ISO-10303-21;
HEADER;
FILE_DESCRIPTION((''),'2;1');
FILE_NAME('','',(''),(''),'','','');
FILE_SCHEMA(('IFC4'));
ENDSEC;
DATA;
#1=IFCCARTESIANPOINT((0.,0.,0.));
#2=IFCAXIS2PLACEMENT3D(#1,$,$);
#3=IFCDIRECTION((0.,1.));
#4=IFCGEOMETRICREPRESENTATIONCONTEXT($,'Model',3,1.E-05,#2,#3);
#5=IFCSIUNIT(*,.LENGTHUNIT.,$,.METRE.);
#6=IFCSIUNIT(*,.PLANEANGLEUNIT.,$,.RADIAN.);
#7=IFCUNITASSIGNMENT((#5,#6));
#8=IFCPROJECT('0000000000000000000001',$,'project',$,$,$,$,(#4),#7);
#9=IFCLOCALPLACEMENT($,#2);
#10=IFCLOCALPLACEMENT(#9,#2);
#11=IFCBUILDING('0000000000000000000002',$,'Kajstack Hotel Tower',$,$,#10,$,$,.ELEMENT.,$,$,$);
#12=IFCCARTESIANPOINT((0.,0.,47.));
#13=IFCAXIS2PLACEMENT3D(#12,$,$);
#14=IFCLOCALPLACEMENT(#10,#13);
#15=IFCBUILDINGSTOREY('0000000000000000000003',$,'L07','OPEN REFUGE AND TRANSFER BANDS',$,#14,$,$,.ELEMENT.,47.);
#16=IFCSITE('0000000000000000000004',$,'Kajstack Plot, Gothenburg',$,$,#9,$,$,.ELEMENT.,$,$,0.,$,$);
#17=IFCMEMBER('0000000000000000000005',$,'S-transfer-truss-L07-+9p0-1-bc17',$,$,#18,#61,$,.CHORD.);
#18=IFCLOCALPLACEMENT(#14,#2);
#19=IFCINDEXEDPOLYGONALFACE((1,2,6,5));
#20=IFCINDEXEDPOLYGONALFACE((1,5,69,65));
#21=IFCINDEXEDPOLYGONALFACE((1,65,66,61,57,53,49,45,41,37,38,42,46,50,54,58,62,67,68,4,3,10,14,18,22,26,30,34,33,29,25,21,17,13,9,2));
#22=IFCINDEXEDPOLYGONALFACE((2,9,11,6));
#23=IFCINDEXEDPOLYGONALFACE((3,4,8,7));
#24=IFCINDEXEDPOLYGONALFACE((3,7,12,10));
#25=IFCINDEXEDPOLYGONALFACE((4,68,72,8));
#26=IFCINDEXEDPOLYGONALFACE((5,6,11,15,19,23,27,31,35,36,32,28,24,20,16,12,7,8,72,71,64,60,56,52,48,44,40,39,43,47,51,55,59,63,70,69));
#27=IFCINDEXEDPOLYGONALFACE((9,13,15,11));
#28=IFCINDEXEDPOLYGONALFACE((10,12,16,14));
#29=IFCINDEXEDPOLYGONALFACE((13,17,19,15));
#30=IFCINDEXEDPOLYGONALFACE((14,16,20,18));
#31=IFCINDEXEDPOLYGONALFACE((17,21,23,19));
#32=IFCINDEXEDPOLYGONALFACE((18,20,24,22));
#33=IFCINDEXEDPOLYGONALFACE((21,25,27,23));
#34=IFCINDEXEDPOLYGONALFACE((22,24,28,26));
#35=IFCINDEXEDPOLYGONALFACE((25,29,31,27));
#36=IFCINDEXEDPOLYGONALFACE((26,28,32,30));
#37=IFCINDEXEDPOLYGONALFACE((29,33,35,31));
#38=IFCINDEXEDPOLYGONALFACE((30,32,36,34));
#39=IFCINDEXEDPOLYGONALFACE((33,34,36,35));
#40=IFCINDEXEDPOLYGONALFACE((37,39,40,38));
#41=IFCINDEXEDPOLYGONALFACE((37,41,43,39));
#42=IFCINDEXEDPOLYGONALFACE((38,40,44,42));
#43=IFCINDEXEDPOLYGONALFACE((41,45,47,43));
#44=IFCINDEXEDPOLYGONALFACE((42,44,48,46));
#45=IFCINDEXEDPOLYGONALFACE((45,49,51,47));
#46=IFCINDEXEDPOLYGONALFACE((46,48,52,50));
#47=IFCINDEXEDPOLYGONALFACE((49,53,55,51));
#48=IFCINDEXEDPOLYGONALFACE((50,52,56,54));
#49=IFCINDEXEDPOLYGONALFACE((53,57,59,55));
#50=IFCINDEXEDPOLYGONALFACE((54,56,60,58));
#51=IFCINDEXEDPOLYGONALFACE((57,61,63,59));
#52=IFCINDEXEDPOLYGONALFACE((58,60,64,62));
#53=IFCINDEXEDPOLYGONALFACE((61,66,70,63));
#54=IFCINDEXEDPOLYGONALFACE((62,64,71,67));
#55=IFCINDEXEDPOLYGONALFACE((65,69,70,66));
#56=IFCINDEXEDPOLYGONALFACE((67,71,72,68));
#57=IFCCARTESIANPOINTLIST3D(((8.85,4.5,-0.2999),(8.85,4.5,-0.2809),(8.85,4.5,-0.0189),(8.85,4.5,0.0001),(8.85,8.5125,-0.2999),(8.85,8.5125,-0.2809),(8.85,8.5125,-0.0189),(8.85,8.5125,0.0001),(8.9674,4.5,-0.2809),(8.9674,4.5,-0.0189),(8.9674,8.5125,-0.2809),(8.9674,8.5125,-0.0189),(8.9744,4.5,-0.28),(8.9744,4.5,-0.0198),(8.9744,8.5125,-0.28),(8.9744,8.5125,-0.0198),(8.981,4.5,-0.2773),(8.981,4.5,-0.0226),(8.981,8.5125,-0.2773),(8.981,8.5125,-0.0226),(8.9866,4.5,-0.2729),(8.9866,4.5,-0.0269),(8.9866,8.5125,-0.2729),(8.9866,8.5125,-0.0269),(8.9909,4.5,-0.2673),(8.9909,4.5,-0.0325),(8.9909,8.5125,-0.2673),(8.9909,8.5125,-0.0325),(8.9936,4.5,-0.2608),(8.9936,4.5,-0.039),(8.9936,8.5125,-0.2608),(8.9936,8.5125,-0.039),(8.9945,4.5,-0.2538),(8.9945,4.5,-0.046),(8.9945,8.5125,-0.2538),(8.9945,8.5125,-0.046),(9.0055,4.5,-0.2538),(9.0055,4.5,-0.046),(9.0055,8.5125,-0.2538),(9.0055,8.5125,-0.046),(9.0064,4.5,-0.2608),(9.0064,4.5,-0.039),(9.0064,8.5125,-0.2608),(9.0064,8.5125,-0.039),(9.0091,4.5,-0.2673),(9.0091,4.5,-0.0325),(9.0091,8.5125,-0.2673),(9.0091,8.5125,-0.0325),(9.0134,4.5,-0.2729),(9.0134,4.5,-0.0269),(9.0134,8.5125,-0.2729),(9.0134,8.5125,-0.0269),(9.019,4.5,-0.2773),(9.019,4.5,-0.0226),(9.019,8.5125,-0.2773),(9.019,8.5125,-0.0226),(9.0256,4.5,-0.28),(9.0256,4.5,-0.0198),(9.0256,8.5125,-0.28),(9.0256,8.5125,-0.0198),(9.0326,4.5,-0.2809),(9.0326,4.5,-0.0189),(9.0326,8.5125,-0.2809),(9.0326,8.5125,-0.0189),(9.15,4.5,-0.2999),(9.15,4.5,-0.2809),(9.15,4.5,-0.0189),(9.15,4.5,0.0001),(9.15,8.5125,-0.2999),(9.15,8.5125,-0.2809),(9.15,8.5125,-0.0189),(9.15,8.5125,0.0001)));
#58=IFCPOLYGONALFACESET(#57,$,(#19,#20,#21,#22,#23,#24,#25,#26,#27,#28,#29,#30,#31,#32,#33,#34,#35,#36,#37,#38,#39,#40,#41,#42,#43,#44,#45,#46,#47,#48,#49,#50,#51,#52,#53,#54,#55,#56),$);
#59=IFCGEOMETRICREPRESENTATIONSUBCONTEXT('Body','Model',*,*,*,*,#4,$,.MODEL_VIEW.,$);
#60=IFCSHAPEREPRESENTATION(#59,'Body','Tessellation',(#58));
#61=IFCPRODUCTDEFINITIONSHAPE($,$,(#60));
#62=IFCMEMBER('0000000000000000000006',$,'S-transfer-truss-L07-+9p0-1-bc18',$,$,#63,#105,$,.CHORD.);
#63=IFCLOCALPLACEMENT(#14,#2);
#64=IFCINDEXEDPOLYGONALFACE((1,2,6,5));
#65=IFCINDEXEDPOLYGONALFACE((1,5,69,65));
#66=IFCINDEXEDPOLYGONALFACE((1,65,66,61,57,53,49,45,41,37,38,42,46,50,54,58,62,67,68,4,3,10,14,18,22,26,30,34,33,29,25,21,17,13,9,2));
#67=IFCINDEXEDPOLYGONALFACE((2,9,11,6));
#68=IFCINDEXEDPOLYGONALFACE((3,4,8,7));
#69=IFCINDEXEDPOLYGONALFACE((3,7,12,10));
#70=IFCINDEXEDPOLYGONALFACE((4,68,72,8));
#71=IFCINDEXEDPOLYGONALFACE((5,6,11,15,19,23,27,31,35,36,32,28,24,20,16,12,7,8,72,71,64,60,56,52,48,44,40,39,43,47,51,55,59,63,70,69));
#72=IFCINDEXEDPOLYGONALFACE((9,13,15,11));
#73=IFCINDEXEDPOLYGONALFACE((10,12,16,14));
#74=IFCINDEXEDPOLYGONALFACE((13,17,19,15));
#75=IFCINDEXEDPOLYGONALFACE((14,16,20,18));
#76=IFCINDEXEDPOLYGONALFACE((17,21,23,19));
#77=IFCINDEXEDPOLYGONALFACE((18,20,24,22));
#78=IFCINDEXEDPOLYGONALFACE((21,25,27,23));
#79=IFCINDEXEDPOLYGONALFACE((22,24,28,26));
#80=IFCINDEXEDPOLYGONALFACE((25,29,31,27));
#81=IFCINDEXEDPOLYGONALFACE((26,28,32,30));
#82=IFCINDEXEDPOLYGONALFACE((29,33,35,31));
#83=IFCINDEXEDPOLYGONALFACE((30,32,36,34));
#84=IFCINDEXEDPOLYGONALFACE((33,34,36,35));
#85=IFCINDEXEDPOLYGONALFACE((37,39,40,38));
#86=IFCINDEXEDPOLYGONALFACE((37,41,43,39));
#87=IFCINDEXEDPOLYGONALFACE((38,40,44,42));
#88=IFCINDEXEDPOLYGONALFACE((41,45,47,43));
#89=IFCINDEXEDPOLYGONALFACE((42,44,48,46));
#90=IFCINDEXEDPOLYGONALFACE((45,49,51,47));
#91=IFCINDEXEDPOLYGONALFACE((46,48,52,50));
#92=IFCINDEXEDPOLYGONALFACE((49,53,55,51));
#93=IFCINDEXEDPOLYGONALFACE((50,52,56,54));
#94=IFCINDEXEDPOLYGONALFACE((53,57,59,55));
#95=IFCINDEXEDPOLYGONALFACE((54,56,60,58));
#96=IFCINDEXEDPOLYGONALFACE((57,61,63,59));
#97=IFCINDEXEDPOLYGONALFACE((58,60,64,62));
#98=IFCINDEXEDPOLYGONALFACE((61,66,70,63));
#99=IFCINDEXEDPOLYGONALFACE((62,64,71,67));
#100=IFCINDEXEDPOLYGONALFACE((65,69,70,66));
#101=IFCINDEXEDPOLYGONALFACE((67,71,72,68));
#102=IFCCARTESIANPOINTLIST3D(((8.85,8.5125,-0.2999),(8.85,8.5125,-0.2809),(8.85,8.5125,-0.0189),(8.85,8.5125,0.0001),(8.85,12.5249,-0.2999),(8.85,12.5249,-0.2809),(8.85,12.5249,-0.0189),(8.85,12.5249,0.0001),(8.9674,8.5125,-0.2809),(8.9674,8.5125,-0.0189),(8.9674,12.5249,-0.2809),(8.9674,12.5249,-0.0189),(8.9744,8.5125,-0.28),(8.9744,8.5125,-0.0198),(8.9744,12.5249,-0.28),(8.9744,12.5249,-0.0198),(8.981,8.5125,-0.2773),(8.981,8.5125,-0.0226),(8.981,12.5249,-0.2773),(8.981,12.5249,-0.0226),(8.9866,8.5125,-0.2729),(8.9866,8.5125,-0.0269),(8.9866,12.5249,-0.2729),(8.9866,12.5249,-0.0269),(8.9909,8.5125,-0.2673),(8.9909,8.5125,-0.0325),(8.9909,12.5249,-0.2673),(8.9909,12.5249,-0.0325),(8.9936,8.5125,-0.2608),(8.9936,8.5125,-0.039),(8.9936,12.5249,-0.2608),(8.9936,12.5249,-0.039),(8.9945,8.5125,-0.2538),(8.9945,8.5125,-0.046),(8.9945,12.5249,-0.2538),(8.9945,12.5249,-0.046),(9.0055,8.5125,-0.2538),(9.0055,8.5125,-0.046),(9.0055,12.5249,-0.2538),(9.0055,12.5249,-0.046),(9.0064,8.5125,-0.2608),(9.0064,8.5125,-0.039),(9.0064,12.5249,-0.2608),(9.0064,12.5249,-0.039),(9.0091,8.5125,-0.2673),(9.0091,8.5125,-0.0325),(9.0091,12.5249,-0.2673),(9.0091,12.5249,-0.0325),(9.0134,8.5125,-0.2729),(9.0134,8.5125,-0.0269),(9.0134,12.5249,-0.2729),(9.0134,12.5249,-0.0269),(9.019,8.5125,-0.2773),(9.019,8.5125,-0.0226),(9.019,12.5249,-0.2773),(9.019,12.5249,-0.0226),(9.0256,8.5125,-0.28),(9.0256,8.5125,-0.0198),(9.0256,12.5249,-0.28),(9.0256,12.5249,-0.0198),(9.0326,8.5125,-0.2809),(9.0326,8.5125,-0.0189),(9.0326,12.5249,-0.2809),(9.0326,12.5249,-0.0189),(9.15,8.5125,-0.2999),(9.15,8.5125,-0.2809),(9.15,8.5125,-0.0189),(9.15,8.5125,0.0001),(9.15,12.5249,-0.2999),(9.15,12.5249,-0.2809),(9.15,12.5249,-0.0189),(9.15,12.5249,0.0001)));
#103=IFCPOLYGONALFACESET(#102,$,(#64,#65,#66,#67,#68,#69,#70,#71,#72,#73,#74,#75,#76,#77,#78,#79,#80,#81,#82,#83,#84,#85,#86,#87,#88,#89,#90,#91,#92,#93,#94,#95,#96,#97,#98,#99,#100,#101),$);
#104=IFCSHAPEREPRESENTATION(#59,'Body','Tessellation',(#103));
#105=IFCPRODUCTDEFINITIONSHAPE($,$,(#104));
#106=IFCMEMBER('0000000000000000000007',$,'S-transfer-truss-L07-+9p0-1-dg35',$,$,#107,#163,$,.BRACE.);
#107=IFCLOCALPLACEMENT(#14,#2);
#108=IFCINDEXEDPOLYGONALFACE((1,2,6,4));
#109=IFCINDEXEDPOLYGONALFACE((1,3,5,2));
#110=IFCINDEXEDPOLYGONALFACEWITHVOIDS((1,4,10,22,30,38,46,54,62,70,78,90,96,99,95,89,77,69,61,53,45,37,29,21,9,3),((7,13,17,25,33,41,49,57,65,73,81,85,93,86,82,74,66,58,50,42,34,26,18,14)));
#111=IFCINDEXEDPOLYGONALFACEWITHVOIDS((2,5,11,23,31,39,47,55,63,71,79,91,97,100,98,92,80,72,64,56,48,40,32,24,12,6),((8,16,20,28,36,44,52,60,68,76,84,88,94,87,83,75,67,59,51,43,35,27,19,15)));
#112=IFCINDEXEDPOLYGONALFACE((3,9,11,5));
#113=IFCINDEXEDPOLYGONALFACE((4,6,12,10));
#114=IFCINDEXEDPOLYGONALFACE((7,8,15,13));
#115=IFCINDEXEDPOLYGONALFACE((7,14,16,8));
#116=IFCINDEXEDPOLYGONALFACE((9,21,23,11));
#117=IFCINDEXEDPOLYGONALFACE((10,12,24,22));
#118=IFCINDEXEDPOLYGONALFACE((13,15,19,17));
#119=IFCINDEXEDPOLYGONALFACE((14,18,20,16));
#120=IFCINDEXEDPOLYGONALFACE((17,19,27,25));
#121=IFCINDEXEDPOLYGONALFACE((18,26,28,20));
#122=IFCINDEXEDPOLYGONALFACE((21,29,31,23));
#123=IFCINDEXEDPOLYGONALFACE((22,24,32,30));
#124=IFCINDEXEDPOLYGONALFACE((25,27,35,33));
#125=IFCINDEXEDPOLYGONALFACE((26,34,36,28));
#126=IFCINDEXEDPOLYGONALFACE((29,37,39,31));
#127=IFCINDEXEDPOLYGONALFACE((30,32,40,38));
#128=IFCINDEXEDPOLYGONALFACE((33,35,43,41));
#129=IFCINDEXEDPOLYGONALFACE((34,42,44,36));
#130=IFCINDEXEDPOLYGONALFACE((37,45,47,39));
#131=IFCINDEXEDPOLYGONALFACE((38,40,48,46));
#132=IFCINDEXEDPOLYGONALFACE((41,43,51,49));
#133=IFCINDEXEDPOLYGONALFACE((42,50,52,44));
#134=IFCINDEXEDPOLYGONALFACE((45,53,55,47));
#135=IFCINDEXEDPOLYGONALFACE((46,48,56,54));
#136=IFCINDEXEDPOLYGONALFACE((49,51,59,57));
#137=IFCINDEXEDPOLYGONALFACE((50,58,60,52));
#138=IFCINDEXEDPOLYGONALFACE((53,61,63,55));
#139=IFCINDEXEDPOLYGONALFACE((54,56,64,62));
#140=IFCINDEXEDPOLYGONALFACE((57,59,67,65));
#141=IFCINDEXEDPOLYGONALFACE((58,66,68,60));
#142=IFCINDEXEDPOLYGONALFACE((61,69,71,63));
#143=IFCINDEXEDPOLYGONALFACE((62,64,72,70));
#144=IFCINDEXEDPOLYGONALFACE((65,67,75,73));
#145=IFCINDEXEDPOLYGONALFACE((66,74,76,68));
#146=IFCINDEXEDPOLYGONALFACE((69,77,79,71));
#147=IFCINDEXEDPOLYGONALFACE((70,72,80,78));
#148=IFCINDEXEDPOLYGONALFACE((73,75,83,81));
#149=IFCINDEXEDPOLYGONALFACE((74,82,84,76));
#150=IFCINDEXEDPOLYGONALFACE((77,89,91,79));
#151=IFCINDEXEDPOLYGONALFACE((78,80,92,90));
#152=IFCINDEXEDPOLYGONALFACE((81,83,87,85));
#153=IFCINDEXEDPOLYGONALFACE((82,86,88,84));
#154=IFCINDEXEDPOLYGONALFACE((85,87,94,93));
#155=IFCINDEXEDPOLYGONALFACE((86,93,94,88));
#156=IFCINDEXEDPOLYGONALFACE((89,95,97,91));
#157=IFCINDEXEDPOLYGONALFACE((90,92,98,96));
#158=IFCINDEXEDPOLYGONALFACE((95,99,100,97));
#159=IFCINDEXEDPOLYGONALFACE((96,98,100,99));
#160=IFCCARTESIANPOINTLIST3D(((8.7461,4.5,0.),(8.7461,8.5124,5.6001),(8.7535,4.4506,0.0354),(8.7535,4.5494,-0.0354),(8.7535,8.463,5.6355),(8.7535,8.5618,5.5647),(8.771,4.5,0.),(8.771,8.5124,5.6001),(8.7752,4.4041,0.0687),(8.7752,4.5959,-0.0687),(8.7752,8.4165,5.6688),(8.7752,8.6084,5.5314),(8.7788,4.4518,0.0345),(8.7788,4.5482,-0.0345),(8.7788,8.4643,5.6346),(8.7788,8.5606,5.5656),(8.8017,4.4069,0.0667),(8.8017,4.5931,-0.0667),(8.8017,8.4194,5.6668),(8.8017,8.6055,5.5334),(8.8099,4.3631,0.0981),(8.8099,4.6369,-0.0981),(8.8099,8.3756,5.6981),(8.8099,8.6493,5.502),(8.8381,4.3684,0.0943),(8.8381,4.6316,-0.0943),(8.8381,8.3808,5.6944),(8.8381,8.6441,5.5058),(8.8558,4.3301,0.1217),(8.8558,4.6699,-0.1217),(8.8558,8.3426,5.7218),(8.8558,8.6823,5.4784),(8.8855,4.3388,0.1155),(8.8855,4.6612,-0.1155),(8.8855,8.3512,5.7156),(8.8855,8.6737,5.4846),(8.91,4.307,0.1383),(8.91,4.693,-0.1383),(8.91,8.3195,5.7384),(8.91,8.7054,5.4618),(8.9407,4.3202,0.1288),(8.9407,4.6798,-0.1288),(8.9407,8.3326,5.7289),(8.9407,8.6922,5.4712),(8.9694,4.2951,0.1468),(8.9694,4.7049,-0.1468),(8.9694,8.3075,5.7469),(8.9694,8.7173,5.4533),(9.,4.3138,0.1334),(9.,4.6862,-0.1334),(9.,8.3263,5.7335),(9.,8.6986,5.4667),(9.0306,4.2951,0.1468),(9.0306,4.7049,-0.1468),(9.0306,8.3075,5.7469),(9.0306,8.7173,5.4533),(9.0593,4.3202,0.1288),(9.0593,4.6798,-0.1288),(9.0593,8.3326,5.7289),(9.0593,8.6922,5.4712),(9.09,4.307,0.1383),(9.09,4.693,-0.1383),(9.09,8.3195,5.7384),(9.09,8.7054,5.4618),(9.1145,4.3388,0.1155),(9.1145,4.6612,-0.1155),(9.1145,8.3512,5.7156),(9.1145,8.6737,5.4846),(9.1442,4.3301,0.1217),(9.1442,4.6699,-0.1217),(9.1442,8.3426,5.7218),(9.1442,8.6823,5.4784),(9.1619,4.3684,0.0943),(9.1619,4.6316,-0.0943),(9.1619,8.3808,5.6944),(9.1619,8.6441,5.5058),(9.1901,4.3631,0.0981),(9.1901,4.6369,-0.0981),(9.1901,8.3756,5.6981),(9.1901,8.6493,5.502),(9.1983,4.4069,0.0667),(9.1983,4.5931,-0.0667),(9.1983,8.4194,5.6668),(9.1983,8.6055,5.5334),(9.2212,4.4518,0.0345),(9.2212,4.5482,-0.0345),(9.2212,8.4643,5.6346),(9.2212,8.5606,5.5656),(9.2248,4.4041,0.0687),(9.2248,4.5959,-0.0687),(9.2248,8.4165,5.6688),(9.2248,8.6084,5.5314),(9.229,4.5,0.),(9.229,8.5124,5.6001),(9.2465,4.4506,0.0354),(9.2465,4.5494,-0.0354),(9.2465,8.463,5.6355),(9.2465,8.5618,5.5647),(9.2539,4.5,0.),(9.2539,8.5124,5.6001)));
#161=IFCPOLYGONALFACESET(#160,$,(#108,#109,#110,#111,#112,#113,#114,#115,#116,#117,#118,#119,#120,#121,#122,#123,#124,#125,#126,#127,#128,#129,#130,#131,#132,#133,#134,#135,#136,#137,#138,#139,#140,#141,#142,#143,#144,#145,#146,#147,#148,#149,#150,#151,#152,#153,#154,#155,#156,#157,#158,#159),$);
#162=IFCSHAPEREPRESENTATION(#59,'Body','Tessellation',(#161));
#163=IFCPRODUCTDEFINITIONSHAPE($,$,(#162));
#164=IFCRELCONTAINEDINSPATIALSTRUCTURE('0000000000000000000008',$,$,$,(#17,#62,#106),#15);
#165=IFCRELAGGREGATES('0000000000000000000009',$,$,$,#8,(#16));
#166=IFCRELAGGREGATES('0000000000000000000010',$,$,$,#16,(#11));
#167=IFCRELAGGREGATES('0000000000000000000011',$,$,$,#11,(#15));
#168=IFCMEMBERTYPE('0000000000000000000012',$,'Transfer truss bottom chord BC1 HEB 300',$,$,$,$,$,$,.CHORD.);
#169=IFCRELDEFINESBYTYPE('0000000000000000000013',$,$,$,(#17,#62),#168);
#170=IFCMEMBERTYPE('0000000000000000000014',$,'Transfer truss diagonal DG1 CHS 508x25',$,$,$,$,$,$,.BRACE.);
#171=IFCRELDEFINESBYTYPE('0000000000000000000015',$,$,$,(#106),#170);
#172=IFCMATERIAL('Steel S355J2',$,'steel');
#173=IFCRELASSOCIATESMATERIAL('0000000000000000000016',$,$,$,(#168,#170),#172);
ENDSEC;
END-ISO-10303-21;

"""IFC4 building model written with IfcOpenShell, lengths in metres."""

from ifc_helpers import new_model, si_unit, direction, frame, origin, origin_2d, place, context, subcontext, project, spatial, hollow_circle, i_section, extrude, material, material_profile, profile_set, type_object, element, save


model = new_model("IFC4")

# Units and contexts
model_context = context("Model", 3, precision=1e-05, world=origin(), true_north=direction((0.0, 1.0)))
body_context = subcontext(model_context, "Body", "Model", "MODEL_VIEW")
ifc_project = project(units=[si_unit("LENGTHUNIT", "METRE"), si_unit("PLANEANGLEUNIT", "RADIAN")], contexts=[model_context])

# Site, building, storey
site_placement = place(None, origin())
site = spatial("IfcSite", under=ifc_project, at=site_placement, Name="Kajstack Plot, Gothenburg", CompositionType="ELEMENT", RefElevation=0.0)
building_placement = place(site_placement, origin())
building = spatial("IfcBuilding", under=site, at=building_placement, Name="Kajstack Hotel Tower", CompositionType="ELEMENT")
storey_placement = place(building_placement, frame((0.0, 0.0, 47.0)))
storey = spatial("IfcBuildingStorey", under=building, at=storey_placement, Name="L07", Description="OPEN REFUGE AND TRANSFER BANDS", CompositionType="ELEMENT", Elevation=47.0)

# Members
ifc_material_1 = material(Name="Steel S355J2", Category="steel")
ifc_material_profile_1 = material_profile(ifc_material_1, i_section(OverallWidth=0.3, OverallDepth=0.3, WebThickness=0.011, FlangeThickness=0.019, FilletRadius=0.0271, at=origin_2d()), Name="HEB 300")
ifc_profile_set_1 = profile_set([ifc_material_profile_1], Name="Steel S355J2")
member_type_1 = type_object("IfcMemberType", Name="Transfer truss bottom chord BC1 HEB 300", PredefinedType="CHORD", material=ifc_profile_set_1)
for number, where, z_axis, x_axis, name in (
    (1, (9.0, 4.5, -0.1499), (0.0, 1.0, 0.0), (-1.0, 0.0, 0.0), "S-transfer-truss-L07-+9p0-1-bc17"),
    (2, (9.0, 8.5125, -0.1499), (0.0, 1.0, 0.0), (-1.0, 0.0, 0.0), "S-transfer-truss-L07-+9p0-1-bc18"),
):
    element("IfcMember", number, at=place(storey_placement, frame(where, z_axis=z_axis, x_axis=x_axis)), inside=storey, type_object=member_type_1, Name=name, PredefinedType="CHORD", context=body_context, shape_type="SweptSolid", body=[
        extrude(i_section(OverallWidth=0.3, OverallDepth=0.3, WebThickness=0.011, FlangeThickness=0.019, FilletRadius=0.0271, at=origin_2d()), origin(), (0.0, 0.0, 1.0), 4.0125),
    ])
ifc_material_profile_2 = material_profile(ifc_material_1, hollow_circle(Radius=0.2539, WallThickness=0.0249, at=origin_2d()), Name="CHS 508x25")
ifc_profile_set_2 = profile_set([ifc_material_profile_2], Name="Steel S355J2")
member_type_2 = type_object("IfcMemberType", Name="Transfer truss diagonal DG1 CHS 508x25", PredefinedType="BRACE", material=ifc_profile_set_2)
for number, where, z_axis, x_axis, name in (
    (3, (9.0, 4.5, 0.0), (0.0, 0.582428, 0.812883), (-1.0, 0.0, 0.0), "S-transfer-truss-L07-+9p0-1-dg35"),
):
    element("IfcMember", number, at=place(storey_placement, frame(where, z_axis=z_axis, x_axis=x_axis)), inside=storey, type_object=member_type_2, Name=name, PredefinedType="BRACE", context=body_context, shape_type="SweptSolid", body=[
        extrude(hollow_circle(Radius=0.2539, WallThickness=0.0249, at=origin_2d()), origin(), (0.0, 0.0, 1.0), 6.8892),
    ])

save(model, "model.ifc")
